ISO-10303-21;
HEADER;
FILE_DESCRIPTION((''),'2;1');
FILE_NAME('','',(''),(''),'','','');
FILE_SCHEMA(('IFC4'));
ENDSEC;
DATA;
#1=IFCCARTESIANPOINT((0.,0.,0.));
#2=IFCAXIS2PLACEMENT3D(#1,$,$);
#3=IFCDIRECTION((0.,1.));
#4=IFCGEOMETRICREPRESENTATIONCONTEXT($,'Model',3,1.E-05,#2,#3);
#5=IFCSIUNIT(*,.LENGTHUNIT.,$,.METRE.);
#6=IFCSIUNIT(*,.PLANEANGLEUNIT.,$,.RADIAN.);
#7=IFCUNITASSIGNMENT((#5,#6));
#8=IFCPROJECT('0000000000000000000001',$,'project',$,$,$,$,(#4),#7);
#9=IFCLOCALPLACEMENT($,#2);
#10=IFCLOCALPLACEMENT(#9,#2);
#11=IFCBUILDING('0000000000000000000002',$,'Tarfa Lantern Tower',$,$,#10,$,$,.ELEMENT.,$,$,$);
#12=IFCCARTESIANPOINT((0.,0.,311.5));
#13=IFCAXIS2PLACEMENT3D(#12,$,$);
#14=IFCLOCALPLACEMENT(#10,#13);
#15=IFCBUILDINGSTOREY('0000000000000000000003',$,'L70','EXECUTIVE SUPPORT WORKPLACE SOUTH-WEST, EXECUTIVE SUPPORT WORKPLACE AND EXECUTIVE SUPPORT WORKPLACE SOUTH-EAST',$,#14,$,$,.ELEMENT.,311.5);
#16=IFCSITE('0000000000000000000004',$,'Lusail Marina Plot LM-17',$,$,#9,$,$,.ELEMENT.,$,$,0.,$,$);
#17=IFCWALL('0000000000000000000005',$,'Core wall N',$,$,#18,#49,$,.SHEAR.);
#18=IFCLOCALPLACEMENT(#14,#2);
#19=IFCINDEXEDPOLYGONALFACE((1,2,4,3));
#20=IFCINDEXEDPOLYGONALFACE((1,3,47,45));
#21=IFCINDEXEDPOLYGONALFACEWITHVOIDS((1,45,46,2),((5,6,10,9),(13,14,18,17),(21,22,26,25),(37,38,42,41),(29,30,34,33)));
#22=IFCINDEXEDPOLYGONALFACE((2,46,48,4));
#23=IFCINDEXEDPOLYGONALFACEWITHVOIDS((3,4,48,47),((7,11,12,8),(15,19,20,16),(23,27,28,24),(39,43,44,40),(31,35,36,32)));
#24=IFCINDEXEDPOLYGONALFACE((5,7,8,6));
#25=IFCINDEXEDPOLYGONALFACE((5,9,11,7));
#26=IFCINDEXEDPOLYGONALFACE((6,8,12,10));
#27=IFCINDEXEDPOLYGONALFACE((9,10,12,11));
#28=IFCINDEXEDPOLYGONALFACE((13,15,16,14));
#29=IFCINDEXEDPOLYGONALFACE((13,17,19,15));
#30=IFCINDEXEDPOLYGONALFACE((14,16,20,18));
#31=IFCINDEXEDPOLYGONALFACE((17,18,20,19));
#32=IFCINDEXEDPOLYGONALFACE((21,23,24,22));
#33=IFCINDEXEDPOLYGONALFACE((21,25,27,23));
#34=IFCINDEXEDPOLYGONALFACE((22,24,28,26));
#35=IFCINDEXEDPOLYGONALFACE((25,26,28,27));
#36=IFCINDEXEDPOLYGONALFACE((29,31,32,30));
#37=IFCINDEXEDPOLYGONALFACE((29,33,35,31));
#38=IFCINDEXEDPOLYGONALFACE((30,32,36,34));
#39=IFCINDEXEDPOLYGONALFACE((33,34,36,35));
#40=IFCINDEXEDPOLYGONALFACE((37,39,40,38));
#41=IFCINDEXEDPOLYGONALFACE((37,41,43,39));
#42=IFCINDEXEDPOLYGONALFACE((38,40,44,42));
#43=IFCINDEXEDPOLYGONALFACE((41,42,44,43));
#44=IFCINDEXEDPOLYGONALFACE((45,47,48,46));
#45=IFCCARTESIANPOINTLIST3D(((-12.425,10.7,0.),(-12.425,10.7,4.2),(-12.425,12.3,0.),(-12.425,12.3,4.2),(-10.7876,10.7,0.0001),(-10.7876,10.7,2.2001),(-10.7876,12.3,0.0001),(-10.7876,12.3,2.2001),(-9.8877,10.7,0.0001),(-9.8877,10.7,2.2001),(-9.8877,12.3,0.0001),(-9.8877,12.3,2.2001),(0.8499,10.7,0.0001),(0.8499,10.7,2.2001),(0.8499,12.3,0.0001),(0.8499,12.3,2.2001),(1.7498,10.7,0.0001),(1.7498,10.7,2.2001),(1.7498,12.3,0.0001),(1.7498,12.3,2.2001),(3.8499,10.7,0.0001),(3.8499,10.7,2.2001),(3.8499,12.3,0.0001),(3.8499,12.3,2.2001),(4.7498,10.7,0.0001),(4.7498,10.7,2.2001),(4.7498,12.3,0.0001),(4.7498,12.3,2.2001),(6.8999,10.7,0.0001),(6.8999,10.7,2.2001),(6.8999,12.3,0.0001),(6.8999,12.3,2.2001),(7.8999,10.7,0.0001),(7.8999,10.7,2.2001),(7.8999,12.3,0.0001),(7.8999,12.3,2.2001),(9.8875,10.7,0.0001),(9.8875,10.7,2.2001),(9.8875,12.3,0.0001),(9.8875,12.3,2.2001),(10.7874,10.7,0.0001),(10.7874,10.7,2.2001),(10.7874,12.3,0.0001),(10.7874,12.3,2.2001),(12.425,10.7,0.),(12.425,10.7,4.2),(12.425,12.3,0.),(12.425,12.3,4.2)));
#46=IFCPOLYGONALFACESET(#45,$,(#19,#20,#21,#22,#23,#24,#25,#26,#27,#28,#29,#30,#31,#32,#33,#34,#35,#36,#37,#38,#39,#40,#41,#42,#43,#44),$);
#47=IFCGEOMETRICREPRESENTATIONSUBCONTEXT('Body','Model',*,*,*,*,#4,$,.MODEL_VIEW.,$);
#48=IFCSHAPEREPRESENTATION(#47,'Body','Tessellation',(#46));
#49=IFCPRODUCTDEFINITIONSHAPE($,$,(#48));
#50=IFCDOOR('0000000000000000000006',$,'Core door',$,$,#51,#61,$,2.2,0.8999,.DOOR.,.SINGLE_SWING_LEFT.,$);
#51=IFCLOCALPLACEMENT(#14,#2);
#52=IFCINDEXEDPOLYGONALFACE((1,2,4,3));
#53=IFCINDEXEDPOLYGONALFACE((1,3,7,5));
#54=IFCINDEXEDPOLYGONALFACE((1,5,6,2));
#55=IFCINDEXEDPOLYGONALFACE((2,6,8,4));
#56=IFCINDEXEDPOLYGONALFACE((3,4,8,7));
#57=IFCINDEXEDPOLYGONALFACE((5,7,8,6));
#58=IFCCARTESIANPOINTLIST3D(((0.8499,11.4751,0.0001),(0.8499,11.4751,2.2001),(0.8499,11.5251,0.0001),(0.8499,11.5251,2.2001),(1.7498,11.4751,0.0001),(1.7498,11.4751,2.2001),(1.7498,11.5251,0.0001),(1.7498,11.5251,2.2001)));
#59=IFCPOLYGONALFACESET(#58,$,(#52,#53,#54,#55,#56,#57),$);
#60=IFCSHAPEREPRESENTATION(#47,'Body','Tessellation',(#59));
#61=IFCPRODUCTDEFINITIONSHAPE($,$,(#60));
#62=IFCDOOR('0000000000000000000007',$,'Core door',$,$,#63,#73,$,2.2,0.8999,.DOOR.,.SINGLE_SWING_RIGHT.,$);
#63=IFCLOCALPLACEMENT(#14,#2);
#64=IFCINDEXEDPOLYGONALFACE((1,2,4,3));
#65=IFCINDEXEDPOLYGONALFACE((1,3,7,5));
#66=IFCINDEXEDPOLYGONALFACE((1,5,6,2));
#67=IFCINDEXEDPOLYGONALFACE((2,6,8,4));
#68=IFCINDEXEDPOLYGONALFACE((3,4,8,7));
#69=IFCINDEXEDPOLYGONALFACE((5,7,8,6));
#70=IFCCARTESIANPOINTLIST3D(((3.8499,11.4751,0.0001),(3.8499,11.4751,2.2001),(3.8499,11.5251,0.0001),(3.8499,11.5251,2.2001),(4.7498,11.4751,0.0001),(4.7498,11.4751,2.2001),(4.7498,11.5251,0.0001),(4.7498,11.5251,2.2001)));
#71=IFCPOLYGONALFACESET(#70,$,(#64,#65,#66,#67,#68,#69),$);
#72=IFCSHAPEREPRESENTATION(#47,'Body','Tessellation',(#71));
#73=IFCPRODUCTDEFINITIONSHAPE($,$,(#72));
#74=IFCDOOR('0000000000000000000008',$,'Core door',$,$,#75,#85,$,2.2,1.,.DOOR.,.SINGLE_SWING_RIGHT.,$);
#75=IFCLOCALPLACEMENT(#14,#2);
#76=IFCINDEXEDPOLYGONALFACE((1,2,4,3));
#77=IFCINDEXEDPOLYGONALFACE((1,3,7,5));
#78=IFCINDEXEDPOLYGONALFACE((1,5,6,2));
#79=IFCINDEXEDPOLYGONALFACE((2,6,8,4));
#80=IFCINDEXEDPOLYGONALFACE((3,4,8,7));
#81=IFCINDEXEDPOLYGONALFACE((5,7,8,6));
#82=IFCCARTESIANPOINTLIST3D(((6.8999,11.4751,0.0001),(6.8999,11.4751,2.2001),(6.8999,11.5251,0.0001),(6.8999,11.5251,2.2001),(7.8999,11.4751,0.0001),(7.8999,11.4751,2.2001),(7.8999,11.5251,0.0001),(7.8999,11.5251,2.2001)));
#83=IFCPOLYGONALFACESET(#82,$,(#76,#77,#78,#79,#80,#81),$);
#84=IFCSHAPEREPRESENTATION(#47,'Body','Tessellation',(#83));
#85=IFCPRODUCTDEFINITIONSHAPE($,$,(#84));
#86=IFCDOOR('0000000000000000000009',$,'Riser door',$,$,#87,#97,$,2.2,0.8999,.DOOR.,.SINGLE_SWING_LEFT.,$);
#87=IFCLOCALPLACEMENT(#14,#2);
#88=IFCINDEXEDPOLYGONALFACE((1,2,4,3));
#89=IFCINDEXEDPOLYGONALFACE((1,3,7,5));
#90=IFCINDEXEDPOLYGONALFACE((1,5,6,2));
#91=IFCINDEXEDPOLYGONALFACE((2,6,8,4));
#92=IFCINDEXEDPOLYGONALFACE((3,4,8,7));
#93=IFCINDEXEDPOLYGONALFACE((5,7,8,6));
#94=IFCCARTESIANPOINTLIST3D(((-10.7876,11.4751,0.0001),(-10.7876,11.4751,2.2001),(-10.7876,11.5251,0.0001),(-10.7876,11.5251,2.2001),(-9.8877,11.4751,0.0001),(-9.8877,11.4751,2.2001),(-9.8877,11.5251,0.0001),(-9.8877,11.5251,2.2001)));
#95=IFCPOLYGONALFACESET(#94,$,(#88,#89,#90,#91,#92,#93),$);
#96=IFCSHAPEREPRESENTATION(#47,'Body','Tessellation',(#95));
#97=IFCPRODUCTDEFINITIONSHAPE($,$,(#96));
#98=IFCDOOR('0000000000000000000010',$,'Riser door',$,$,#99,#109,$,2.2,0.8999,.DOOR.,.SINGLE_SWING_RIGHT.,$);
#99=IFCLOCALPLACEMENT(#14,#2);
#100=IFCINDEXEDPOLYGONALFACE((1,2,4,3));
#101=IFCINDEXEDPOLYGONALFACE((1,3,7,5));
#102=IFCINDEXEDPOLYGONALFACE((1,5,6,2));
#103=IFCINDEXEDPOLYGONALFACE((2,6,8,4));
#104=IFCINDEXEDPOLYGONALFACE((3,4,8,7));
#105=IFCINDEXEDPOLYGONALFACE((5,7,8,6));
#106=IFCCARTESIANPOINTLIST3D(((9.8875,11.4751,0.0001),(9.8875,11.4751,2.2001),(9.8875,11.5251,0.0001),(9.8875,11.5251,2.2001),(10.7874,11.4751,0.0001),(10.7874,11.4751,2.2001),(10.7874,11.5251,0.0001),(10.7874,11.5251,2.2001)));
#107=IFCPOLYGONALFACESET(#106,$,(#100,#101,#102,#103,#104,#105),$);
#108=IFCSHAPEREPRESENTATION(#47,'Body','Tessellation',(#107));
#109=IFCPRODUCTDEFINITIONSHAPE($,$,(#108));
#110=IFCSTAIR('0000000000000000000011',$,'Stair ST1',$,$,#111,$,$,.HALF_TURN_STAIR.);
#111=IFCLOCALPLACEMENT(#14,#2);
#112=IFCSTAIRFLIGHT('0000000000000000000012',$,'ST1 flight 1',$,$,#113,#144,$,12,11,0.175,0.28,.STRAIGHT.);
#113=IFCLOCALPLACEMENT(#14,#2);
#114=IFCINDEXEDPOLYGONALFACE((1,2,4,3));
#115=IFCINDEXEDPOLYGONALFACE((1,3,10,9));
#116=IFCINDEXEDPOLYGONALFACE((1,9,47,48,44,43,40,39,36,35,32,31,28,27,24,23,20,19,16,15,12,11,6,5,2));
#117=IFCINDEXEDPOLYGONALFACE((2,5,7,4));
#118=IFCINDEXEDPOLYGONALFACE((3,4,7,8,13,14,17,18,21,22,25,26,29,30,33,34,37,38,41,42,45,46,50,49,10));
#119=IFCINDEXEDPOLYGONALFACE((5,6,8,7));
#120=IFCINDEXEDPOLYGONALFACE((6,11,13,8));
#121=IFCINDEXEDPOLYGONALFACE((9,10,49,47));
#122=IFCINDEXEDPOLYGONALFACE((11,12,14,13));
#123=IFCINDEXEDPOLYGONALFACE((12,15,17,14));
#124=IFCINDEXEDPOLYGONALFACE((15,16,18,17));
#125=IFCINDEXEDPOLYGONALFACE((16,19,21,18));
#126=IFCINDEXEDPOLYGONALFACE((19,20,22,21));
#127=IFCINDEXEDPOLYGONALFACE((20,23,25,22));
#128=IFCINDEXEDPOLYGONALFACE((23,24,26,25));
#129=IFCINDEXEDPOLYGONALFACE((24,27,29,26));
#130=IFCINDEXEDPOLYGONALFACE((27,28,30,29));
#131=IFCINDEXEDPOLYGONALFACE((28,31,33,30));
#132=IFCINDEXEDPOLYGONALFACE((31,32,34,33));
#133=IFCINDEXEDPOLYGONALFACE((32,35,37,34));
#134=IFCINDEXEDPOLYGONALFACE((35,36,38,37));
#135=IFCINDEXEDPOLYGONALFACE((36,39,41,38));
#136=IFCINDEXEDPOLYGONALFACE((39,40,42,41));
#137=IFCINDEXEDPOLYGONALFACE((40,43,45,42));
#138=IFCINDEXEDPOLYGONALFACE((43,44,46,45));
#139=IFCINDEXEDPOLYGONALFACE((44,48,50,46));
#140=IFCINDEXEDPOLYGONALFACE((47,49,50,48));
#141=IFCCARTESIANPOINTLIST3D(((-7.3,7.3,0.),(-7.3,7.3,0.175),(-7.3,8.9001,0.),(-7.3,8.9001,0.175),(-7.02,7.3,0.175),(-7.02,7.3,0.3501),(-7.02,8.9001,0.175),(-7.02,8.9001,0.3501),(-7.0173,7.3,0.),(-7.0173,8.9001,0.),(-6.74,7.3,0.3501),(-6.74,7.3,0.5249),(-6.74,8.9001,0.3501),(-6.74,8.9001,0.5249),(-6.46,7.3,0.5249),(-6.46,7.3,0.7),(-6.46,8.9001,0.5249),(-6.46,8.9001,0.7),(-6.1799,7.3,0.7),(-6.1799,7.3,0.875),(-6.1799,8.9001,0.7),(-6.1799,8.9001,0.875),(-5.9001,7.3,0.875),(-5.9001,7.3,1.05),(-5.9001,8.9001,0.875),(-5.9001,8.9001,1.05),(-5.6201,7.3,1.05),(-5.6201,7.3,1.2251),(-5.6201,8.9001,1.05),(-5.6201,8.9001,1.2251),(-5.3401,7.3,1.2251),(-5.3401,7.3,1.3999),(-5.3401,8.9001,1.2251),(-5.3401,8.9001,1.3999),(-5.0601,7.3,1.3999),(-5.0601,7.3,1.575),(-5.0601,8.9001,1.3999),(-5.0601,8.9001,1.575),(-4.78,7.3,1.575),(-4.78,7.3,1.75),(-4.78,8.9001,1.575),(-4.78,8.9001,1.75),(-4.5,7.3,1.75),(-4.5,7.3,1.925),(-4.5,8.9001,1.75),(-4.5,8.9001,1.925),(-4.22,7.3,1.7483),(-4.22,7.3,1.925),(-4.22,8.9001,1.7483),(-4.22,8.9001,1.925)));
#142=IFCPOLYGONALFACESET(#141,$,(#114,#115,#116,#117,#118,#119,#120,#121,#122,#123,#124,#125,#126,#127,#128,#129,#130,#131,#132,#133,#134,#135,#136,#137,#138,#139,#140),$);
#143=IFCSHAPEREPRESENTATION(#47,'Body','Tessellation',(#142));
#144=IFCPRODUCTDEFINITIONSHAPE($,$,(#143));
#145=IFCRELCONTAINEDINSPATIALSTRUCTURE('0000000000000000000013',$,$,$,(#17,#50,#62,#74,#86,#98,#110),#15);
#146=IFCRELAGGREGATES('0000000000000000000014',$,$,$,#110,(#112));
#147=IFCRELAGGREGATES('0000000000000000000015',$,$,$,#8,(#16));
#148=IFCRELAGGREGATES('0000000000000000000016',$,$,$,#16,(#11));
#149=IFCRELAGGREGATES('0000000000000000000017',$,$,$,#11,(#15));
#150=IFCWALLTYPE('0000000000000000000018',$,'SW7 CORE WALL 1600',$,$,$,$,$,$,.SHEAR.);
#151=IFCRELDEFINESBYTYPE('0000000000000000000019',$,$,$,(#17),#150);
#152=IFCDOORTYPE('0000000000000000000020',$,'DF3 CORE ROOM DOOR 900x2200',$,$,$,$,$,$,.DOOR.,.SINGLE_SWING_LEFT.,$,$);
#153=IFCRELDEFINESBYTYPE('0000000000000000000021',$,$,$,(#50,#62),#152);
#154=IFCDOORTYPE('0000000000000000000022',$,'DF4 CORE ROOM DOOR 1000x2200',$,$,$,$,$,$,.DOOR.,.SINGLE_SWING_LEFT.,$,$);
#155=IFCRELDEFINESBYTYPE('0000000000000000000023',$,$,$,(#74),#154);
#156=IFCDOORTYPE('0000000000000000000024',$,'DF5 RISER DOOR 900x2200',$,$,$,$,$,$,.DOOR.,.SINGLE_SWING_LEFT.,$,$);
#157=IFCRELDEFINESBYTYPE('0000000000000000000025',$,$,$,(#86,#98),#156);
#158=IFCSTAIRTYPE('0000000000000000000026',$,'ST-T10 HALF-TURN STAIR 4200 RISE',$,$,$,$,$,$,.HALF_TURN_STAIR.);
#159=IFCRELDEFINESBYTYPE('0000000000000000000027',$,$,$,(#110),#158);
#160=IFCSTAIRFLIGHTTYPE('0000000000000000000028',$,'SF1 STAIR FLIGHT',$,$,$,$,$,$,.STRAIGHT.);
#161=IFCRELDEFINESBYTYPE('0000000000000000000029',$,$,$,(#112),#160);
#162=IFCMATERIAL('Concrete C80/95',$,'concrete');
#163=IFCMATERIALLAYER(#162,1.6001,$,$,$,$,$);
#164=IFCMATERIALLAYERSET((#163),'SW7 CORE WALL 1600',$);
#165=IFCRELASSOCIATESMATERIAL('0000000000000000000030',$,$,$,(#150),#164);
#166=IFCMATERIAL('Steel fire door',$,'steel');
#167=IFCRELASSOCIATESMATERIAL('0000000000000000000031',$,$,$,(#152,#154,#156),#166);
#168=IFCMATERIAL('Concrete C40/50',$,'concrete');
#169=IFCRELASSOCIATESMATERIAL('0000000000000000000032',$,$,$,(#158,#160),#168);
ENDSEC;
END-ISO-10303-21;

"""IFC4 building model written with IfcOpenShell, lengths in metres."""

from ifc_helpers import new_model, si_unit, direction, frame, frame_2d, origin, place, context, subcontext, project, spatial, polyline, rectangle, outline, extrude, material, layer, layer_set, type_object, element, fill, aggregate, save


model = new_model("IFC4")

# Units and contexts
model_context = context("Model", 3, precision=1e-05, world=origin(), true_north=direction((0.0, 1.0)))
body_context = subcontext(model_context, "Body", "Model", "MODEL_VIEW")
ifc_project = project(units=[si_unit("LENGTHUNIT", "METRE"), si_unit("PLANEANGLEUNIT", "RADIAN")], contexts=[model_context])

# Site, building, storey
site_placement = place(None, origin())
site = spatial("IfcSite", under=ifc_project, at=site_placement, Name="Lusail Marina Plot LM-17", CompositionType="ELEMENT", RefElevation=0.0)
building_placement = place(site_placement, origin())
building = spatial("IfcBuilding", under=site, at=building_placement, Name="Tarfa Lantern Tower", CompositionType="ELEMENT")
storey_placement = place(building_placement, frame((0.0, 0.0, 311.5)))
storey = spatial("IfcBuildingStorey", under=building, at=storey_placement, Name="L70", Description="EXECUTIVE SUPPORT WORKPLACE SOUTH-WEST, EXECUTIVE SUPPORT WORKPLACE AND EXECUTIVE SUPPORT WORKPLACE SOUTH-EAST", CompositionType="ELEMENT", Elevation=311.5)

# Shared definitions
ifc_material_1 = material(Name="Concrete C80/95", Category="concrete")
ifc_material_2 = material(Name="Steel fire door", Category="steel")

# Wall, openings, doors
ifc_layer_1 = layer(ifc_material_1, 1.6001)
ifc_layer_set_1 = layer_set([ifc_layer_1], Name="SW7 CORE WALL 1600")
wall_type_1 = type_object("IfcWallType", Name="SW7 CORE WALL 1600", PredefinedType="SHEAR", material=ifc_layer_set_1)
wall_1_placement = place(storey_placement, frame((-12.425, 11.5, 0.0), z_axis=(0.0, 0.0, 1.0), x_axis=(1.0, 0.0, 0.0)))
wall_1 = element("IfcWall", 1, at=wall_1_placement, inside=storey, type_object=wall_type_1, Name="Core wall N", PredefinedType="SHEAR", context=body_context, shape_type="SweptSolid", body=[
    extrude(rectangle(XDim=24.8501, YDim=1.6001, at=frame_2d((12.425, 0.0))), origin(), (0.0, 0.0, 1.0), 4.2),
])
opening_1_placement = place(wall_1_placement, frame((13.2749, 0.0, 0.0)))
opening_1 = element("IfcOpeningElement", 2, at=opening_1_placement, cuts=wall_1, PredefinedType="OPENING", context=body_context, shape_type="SweptSolid", body=[
    extrude(rectangle(XDim=0.8999, YDim=2.2, at=frame_2d((0.45, 1.1001))), frame((0.0, 0.8101, 0.0), z_axis=(0.0, -1.0, 0.0), x_axis=(1.0, 0.0, 0.0)), (0.0, 0.0, 1.0), 1.6201),
])
opening_2_placement = place(wall_1_placement, frame((16.2749, 0.0, 0.0)))
opening_2 = element("IfcOpeningElement", 3, at=opening_2_placement, cuts=wall_1, PredefinedType="OPENING", context=body_context, shape_type="SweptSolid", body=[
    extrude(rectangle(XDim=0.8999, YDim=2.2, at=frame_2d((0.45, 1.1001))), frame((0.0, 0.8101, 0.0), z_axis=(0.0, -1.0, 0.0), x_axis=(1.0, 0.0, 0.0)), (0.0, 0.0, 1.0), 1.6201),
])
opening_3_placement = place(wall_1_placement, frame((19.325, 0.0, 0.0)))
opening_3 = element("IfcOpeningElement", 4, at=opening_3_placement, cuts=wall_1, PredefinedType="OPENING", context=body_context, shape_type="SweptSolid", body=[
    extrude(rectangle(XDim=1.0, YDim=2.2, at=frame_2d((0.5, 1.1001))), frame((0.0, 0.8101, 0.0), z_axis=(0.0, -1.0, 0.0), x_axis=(1.0, 0.0, 0.0)), (0.0, 0.0, 1.0), 1.6201),
])
opening_4_placement = place(wall_1_placement, frame((1.6375, 0.0, 0.0)))
opening_4 = element("IfcOpeningElement", 5, at=opening_4_placement, cuts=wall_1, PredefinedType="OPENING", context=body_context, shape_type="SweptSolid", body=[
    extrude(rectangle(XDim=0.8999, YDim=2.2, at=frame_2d((0.45, 1.1001))), frame((0.0, 0.8101, 0.0), z_axis=(0.0, -1.0, 0.0), x_axis=(1.0, 0.0, 0.0)), (0.0, 0.0, 1.0), 1.6201),
])
opening_5_placement = place(wall_1_placement, frame((22.3125, 0.0, 0.0)))
opening_5 = element("IfcOpeningElement", 6, at=opening_5_placement, cuts=wall_1, PredefinedType="OPENING", context=body_context, shape_type="SweptSolid", body=[
    extrude(rectangle(XDim=0.8999, YDim=2.2, at=frame_2d((0.45, 1.1001))), frame((0.0, 0.8101, 0.0), z_axis=(0.0, -1.0, 0.0), x_axis=(1.0, 0.0, 0.0)), (0.0, 0.0, 1.0), 1.6201),
])
door_type_1 = type_object("IfcDoorType", Name="DF3 CORE ROOM DOOR 900x2200", OperationType="SINGLE_SWING_LEFT", PredefinedType="DOOR", material=ifc_material_2)
door_1_placement = place(opening_1_placement, frame((0.8999, 0.0, 0.0), z_axis=(0.0, 0.0, 1.0), x_axis=(-1.0, 0.0, 0.0)))
door_1 = element("IfcDoor", 7, at=door_1_placement, inside=storey, type_object=door_type_1, Name="Core door", OperationType="SINGLE_SWING_LEFT", OverallHeight=2.2, OverallWidth=0.8999, PredefinedType="DOOR", context=body_context, shape_type="SweptSolid", body=[
    extrude(rectangle(XDim=0.8999, YDim=2.2, at=frame_2d((0.45, 1.1001))), frame((0.0, 0.0249, 0.0), z_axis=(0.0, -1.0, 0.0), x_axis=(1.0, 0.0, 0.0)), (0.0, 0.0, 1.0), 0.05),
])
fill(opening_1, door_1)
door_2_placement = place(opening_2_placement, frame((0.8999, 0.0, 0.0), z_axis=(0.0, 0.0, 1.0), x_axis=(-1.0, 0.0, 0.0)))
door_2 = element("IfcDoor", 8, at=door_2_placement, inside=storey, type_object=door_type_1, Name="Core door", OperationType="SINGLE_SWING_RIGHT", OverallHeight=2.2, OverallWidth=0.8999, PredefinedType="DOOR", context=body_context, shape_type="SweptSolid", body=[
    extrude(rectangle(XDim=0.8999, YDim=2.2, at=frame_2d((0.45, 1.1001))), frame((0.0, 0.0249, 0.0), z_axis=(0.0, -1.0, 0.0), x_axis=(1.0, 0.0, 0.0)), (0.0, 0.0, 1.0), 0.05),
])
fill(opening_2, door_2)
door_type_2 = type_object("IfcDoorType", Name="DF4 CORE ROOM DOOR 1000x2200", OperationType="SINGLE_SWING_LEFT", PredefinedType="DOOR", material=ifc_material_2)
door_3_placement = place(opening_3_placement, frame((1.0, 0.0, 0.0), z_axis=(0.0, 0.0, 1.0), x_axis=(-1.0, 0.0, 0.0)))
door_3 = element("IfcDoor", 9, at=door_3_placement, inside=storey, type_object=door_type_2, Name="Core door", OperationType="SINGLE_SWING_RIGHT", OverallHeight=2.2, OverallWidth=1.0, PredefinedType="DOOR", context=body_context, shape_type="SweptSolid", body=[
    extrude(rectangle(XDim=1.0, YDim=2.2, at=frame_2d((0.5, 1.1001))), frame((0.0, 0.0249, 0.0), z_axis=(0.0, -1.0, 0.0), x_axis=(1.0, 0.0, 0.0)), (0.0, 0.0, 1.0), 0.05),
])
fill(opening_3, door_3)
door_type_3 = type_object("IfcDoorType", Name="DF5 RISER DOOR 900x2200", OperationType="SINGLE_SWING_LEFT", PredefinedType="DOOR", material=ifc_material_2)
door_4_placement = place(opening_4_placement, frame((0.8999, 0.0, 0.0), z_axis=(0.0, 0.0, 1.0), x_axis=(-1.0, 0.0, 0.0)))
door_4 = element("IfcDoor", 10, at=door_4_placement, inside=storey, type_object=door_type_3, Name="Riser door", OperationType="SINGLE_SWING_LEFT", OverallHeight=2.2, OverallWidth=0.8999, PredefinedType="DOOR", context=body_context, shape_type="SweptSolid", body=[
    extrude(rectangle(XDim=0.8999, YDim=2.2, at=frame_2d((0.45, 1.1001))), frame((0.0, 0.0249, 0.0), z_axis=(0.0, -1.0, 0.0), x_axis=(1.0, 0.0, 0.0)), (0.0, 0.0, 1.0), 0.05),
])
fill(opening_4, door_4)
door_5_placement = place(opening_5_placement, frame((0.8999, 0.0, 0.0), z_axis=(0.0, 0.0, 1.0), x_axis=(-1.0, 0.0, 0.0)))
door_5 = element("IfcDoor", 11, at=door_5_placement, inside=storey, type_object=door_type_3, Name="Riser door", OperationType="SINGLE_SWING_RIGHT", OverallHeight=2.2, OverallWidth=0.8999, PredefinedType="DOOR", context=body_context, shape_type="SweptSolid", body=[
    extrude(rectangle(XDim=0.8999, YDim=2.2, at=frame_2d((0.45, 1.1001))), frame((0.0, 0.0249, 0.0), z_axis=(0.0, -1.0, 0.0), x_axis=(1.0, 0.0, 0.0)), (0.0, 0.0, 1.0), 0.05),
])
fill(opening_5, door_5)

# Stair, stair flight
ifc_material_3 = material(Name="Concrete C40/50", Category="concrete")
stair_type = type_object("IfcStairType", Name="ST-T10 HALF-TURN STAIR 4200 RISE", PredefinedType="HALF_TURN_STAIR", material=ifc_material_3)
stair_placement = place(storey_placement, origin())
stair = element("IfcStair", 12, at=stair_placement, inside=storey, type_object=stair_type, Name="Stair ST1", PredefinedType="HALF_TURN_STAIR")
stair_flight_type = type_object("IfcStairFlightType", Name="SF1 STAIR FLIGHT", PredefinedType="STRAIGHT", material=ifc_material_3)
stair_flight_1_placement = place(storey_placement, frame((-7.3, 8.1001, 0.0), z_axis=(0.0, 0.0, 1.0), x_axis=(1.0, 0.0, 0.0)))
stair_flight_1 = element("IfcStairFlight", 13, at=stair_flight_1_placement, type_object=stair_flight_type, Name="ST1 flight 1", NumberOfRisers=12, NumberOfTreads=11, PredefinedType="STRAIGHT", RiserHeight=0.175, TreadLength=0.28, context=body_context, shape_type="SweptSolid", body=[
    extrude(outline(polyline([(0.0, 0.0), (0.0, 0.175), (0.28, 0.175), (0.28, 0.3501), (0.5601, 0.3501), (0.5601, 0.5249), (0.8401, 0.5249), (0.8401, 0.7), (1.1201, 0.7), (1.1201, 0.875), (1.3999, 0.875), (1.3999, 1.05), (1.6799, 1.05), (1.6799, 1.2251), (1.96, 1.2251), (1.96, 1.3999), (2.24, 1.3999), (2.24, 1.575), (2.52, 1.575), (2.52, 1.75), (2.8, 1.75), (2.8, 1.925), (3.0801, 1.925), (3.0801, 2.1001), (3.0801, 1.7483), (0.2827, 0.0), (0.0, 0.0)])), frame((0.0, 0.8, 0.0), z_axis=(0.0, -1.0, 0.0), x_axis=(1.0, 0.0, 0.0)), (0.0, 0.0, 1.0), 1.6001),
])
aggregate(stair, [stair_flight_1])

save(model, "model.ifc")
